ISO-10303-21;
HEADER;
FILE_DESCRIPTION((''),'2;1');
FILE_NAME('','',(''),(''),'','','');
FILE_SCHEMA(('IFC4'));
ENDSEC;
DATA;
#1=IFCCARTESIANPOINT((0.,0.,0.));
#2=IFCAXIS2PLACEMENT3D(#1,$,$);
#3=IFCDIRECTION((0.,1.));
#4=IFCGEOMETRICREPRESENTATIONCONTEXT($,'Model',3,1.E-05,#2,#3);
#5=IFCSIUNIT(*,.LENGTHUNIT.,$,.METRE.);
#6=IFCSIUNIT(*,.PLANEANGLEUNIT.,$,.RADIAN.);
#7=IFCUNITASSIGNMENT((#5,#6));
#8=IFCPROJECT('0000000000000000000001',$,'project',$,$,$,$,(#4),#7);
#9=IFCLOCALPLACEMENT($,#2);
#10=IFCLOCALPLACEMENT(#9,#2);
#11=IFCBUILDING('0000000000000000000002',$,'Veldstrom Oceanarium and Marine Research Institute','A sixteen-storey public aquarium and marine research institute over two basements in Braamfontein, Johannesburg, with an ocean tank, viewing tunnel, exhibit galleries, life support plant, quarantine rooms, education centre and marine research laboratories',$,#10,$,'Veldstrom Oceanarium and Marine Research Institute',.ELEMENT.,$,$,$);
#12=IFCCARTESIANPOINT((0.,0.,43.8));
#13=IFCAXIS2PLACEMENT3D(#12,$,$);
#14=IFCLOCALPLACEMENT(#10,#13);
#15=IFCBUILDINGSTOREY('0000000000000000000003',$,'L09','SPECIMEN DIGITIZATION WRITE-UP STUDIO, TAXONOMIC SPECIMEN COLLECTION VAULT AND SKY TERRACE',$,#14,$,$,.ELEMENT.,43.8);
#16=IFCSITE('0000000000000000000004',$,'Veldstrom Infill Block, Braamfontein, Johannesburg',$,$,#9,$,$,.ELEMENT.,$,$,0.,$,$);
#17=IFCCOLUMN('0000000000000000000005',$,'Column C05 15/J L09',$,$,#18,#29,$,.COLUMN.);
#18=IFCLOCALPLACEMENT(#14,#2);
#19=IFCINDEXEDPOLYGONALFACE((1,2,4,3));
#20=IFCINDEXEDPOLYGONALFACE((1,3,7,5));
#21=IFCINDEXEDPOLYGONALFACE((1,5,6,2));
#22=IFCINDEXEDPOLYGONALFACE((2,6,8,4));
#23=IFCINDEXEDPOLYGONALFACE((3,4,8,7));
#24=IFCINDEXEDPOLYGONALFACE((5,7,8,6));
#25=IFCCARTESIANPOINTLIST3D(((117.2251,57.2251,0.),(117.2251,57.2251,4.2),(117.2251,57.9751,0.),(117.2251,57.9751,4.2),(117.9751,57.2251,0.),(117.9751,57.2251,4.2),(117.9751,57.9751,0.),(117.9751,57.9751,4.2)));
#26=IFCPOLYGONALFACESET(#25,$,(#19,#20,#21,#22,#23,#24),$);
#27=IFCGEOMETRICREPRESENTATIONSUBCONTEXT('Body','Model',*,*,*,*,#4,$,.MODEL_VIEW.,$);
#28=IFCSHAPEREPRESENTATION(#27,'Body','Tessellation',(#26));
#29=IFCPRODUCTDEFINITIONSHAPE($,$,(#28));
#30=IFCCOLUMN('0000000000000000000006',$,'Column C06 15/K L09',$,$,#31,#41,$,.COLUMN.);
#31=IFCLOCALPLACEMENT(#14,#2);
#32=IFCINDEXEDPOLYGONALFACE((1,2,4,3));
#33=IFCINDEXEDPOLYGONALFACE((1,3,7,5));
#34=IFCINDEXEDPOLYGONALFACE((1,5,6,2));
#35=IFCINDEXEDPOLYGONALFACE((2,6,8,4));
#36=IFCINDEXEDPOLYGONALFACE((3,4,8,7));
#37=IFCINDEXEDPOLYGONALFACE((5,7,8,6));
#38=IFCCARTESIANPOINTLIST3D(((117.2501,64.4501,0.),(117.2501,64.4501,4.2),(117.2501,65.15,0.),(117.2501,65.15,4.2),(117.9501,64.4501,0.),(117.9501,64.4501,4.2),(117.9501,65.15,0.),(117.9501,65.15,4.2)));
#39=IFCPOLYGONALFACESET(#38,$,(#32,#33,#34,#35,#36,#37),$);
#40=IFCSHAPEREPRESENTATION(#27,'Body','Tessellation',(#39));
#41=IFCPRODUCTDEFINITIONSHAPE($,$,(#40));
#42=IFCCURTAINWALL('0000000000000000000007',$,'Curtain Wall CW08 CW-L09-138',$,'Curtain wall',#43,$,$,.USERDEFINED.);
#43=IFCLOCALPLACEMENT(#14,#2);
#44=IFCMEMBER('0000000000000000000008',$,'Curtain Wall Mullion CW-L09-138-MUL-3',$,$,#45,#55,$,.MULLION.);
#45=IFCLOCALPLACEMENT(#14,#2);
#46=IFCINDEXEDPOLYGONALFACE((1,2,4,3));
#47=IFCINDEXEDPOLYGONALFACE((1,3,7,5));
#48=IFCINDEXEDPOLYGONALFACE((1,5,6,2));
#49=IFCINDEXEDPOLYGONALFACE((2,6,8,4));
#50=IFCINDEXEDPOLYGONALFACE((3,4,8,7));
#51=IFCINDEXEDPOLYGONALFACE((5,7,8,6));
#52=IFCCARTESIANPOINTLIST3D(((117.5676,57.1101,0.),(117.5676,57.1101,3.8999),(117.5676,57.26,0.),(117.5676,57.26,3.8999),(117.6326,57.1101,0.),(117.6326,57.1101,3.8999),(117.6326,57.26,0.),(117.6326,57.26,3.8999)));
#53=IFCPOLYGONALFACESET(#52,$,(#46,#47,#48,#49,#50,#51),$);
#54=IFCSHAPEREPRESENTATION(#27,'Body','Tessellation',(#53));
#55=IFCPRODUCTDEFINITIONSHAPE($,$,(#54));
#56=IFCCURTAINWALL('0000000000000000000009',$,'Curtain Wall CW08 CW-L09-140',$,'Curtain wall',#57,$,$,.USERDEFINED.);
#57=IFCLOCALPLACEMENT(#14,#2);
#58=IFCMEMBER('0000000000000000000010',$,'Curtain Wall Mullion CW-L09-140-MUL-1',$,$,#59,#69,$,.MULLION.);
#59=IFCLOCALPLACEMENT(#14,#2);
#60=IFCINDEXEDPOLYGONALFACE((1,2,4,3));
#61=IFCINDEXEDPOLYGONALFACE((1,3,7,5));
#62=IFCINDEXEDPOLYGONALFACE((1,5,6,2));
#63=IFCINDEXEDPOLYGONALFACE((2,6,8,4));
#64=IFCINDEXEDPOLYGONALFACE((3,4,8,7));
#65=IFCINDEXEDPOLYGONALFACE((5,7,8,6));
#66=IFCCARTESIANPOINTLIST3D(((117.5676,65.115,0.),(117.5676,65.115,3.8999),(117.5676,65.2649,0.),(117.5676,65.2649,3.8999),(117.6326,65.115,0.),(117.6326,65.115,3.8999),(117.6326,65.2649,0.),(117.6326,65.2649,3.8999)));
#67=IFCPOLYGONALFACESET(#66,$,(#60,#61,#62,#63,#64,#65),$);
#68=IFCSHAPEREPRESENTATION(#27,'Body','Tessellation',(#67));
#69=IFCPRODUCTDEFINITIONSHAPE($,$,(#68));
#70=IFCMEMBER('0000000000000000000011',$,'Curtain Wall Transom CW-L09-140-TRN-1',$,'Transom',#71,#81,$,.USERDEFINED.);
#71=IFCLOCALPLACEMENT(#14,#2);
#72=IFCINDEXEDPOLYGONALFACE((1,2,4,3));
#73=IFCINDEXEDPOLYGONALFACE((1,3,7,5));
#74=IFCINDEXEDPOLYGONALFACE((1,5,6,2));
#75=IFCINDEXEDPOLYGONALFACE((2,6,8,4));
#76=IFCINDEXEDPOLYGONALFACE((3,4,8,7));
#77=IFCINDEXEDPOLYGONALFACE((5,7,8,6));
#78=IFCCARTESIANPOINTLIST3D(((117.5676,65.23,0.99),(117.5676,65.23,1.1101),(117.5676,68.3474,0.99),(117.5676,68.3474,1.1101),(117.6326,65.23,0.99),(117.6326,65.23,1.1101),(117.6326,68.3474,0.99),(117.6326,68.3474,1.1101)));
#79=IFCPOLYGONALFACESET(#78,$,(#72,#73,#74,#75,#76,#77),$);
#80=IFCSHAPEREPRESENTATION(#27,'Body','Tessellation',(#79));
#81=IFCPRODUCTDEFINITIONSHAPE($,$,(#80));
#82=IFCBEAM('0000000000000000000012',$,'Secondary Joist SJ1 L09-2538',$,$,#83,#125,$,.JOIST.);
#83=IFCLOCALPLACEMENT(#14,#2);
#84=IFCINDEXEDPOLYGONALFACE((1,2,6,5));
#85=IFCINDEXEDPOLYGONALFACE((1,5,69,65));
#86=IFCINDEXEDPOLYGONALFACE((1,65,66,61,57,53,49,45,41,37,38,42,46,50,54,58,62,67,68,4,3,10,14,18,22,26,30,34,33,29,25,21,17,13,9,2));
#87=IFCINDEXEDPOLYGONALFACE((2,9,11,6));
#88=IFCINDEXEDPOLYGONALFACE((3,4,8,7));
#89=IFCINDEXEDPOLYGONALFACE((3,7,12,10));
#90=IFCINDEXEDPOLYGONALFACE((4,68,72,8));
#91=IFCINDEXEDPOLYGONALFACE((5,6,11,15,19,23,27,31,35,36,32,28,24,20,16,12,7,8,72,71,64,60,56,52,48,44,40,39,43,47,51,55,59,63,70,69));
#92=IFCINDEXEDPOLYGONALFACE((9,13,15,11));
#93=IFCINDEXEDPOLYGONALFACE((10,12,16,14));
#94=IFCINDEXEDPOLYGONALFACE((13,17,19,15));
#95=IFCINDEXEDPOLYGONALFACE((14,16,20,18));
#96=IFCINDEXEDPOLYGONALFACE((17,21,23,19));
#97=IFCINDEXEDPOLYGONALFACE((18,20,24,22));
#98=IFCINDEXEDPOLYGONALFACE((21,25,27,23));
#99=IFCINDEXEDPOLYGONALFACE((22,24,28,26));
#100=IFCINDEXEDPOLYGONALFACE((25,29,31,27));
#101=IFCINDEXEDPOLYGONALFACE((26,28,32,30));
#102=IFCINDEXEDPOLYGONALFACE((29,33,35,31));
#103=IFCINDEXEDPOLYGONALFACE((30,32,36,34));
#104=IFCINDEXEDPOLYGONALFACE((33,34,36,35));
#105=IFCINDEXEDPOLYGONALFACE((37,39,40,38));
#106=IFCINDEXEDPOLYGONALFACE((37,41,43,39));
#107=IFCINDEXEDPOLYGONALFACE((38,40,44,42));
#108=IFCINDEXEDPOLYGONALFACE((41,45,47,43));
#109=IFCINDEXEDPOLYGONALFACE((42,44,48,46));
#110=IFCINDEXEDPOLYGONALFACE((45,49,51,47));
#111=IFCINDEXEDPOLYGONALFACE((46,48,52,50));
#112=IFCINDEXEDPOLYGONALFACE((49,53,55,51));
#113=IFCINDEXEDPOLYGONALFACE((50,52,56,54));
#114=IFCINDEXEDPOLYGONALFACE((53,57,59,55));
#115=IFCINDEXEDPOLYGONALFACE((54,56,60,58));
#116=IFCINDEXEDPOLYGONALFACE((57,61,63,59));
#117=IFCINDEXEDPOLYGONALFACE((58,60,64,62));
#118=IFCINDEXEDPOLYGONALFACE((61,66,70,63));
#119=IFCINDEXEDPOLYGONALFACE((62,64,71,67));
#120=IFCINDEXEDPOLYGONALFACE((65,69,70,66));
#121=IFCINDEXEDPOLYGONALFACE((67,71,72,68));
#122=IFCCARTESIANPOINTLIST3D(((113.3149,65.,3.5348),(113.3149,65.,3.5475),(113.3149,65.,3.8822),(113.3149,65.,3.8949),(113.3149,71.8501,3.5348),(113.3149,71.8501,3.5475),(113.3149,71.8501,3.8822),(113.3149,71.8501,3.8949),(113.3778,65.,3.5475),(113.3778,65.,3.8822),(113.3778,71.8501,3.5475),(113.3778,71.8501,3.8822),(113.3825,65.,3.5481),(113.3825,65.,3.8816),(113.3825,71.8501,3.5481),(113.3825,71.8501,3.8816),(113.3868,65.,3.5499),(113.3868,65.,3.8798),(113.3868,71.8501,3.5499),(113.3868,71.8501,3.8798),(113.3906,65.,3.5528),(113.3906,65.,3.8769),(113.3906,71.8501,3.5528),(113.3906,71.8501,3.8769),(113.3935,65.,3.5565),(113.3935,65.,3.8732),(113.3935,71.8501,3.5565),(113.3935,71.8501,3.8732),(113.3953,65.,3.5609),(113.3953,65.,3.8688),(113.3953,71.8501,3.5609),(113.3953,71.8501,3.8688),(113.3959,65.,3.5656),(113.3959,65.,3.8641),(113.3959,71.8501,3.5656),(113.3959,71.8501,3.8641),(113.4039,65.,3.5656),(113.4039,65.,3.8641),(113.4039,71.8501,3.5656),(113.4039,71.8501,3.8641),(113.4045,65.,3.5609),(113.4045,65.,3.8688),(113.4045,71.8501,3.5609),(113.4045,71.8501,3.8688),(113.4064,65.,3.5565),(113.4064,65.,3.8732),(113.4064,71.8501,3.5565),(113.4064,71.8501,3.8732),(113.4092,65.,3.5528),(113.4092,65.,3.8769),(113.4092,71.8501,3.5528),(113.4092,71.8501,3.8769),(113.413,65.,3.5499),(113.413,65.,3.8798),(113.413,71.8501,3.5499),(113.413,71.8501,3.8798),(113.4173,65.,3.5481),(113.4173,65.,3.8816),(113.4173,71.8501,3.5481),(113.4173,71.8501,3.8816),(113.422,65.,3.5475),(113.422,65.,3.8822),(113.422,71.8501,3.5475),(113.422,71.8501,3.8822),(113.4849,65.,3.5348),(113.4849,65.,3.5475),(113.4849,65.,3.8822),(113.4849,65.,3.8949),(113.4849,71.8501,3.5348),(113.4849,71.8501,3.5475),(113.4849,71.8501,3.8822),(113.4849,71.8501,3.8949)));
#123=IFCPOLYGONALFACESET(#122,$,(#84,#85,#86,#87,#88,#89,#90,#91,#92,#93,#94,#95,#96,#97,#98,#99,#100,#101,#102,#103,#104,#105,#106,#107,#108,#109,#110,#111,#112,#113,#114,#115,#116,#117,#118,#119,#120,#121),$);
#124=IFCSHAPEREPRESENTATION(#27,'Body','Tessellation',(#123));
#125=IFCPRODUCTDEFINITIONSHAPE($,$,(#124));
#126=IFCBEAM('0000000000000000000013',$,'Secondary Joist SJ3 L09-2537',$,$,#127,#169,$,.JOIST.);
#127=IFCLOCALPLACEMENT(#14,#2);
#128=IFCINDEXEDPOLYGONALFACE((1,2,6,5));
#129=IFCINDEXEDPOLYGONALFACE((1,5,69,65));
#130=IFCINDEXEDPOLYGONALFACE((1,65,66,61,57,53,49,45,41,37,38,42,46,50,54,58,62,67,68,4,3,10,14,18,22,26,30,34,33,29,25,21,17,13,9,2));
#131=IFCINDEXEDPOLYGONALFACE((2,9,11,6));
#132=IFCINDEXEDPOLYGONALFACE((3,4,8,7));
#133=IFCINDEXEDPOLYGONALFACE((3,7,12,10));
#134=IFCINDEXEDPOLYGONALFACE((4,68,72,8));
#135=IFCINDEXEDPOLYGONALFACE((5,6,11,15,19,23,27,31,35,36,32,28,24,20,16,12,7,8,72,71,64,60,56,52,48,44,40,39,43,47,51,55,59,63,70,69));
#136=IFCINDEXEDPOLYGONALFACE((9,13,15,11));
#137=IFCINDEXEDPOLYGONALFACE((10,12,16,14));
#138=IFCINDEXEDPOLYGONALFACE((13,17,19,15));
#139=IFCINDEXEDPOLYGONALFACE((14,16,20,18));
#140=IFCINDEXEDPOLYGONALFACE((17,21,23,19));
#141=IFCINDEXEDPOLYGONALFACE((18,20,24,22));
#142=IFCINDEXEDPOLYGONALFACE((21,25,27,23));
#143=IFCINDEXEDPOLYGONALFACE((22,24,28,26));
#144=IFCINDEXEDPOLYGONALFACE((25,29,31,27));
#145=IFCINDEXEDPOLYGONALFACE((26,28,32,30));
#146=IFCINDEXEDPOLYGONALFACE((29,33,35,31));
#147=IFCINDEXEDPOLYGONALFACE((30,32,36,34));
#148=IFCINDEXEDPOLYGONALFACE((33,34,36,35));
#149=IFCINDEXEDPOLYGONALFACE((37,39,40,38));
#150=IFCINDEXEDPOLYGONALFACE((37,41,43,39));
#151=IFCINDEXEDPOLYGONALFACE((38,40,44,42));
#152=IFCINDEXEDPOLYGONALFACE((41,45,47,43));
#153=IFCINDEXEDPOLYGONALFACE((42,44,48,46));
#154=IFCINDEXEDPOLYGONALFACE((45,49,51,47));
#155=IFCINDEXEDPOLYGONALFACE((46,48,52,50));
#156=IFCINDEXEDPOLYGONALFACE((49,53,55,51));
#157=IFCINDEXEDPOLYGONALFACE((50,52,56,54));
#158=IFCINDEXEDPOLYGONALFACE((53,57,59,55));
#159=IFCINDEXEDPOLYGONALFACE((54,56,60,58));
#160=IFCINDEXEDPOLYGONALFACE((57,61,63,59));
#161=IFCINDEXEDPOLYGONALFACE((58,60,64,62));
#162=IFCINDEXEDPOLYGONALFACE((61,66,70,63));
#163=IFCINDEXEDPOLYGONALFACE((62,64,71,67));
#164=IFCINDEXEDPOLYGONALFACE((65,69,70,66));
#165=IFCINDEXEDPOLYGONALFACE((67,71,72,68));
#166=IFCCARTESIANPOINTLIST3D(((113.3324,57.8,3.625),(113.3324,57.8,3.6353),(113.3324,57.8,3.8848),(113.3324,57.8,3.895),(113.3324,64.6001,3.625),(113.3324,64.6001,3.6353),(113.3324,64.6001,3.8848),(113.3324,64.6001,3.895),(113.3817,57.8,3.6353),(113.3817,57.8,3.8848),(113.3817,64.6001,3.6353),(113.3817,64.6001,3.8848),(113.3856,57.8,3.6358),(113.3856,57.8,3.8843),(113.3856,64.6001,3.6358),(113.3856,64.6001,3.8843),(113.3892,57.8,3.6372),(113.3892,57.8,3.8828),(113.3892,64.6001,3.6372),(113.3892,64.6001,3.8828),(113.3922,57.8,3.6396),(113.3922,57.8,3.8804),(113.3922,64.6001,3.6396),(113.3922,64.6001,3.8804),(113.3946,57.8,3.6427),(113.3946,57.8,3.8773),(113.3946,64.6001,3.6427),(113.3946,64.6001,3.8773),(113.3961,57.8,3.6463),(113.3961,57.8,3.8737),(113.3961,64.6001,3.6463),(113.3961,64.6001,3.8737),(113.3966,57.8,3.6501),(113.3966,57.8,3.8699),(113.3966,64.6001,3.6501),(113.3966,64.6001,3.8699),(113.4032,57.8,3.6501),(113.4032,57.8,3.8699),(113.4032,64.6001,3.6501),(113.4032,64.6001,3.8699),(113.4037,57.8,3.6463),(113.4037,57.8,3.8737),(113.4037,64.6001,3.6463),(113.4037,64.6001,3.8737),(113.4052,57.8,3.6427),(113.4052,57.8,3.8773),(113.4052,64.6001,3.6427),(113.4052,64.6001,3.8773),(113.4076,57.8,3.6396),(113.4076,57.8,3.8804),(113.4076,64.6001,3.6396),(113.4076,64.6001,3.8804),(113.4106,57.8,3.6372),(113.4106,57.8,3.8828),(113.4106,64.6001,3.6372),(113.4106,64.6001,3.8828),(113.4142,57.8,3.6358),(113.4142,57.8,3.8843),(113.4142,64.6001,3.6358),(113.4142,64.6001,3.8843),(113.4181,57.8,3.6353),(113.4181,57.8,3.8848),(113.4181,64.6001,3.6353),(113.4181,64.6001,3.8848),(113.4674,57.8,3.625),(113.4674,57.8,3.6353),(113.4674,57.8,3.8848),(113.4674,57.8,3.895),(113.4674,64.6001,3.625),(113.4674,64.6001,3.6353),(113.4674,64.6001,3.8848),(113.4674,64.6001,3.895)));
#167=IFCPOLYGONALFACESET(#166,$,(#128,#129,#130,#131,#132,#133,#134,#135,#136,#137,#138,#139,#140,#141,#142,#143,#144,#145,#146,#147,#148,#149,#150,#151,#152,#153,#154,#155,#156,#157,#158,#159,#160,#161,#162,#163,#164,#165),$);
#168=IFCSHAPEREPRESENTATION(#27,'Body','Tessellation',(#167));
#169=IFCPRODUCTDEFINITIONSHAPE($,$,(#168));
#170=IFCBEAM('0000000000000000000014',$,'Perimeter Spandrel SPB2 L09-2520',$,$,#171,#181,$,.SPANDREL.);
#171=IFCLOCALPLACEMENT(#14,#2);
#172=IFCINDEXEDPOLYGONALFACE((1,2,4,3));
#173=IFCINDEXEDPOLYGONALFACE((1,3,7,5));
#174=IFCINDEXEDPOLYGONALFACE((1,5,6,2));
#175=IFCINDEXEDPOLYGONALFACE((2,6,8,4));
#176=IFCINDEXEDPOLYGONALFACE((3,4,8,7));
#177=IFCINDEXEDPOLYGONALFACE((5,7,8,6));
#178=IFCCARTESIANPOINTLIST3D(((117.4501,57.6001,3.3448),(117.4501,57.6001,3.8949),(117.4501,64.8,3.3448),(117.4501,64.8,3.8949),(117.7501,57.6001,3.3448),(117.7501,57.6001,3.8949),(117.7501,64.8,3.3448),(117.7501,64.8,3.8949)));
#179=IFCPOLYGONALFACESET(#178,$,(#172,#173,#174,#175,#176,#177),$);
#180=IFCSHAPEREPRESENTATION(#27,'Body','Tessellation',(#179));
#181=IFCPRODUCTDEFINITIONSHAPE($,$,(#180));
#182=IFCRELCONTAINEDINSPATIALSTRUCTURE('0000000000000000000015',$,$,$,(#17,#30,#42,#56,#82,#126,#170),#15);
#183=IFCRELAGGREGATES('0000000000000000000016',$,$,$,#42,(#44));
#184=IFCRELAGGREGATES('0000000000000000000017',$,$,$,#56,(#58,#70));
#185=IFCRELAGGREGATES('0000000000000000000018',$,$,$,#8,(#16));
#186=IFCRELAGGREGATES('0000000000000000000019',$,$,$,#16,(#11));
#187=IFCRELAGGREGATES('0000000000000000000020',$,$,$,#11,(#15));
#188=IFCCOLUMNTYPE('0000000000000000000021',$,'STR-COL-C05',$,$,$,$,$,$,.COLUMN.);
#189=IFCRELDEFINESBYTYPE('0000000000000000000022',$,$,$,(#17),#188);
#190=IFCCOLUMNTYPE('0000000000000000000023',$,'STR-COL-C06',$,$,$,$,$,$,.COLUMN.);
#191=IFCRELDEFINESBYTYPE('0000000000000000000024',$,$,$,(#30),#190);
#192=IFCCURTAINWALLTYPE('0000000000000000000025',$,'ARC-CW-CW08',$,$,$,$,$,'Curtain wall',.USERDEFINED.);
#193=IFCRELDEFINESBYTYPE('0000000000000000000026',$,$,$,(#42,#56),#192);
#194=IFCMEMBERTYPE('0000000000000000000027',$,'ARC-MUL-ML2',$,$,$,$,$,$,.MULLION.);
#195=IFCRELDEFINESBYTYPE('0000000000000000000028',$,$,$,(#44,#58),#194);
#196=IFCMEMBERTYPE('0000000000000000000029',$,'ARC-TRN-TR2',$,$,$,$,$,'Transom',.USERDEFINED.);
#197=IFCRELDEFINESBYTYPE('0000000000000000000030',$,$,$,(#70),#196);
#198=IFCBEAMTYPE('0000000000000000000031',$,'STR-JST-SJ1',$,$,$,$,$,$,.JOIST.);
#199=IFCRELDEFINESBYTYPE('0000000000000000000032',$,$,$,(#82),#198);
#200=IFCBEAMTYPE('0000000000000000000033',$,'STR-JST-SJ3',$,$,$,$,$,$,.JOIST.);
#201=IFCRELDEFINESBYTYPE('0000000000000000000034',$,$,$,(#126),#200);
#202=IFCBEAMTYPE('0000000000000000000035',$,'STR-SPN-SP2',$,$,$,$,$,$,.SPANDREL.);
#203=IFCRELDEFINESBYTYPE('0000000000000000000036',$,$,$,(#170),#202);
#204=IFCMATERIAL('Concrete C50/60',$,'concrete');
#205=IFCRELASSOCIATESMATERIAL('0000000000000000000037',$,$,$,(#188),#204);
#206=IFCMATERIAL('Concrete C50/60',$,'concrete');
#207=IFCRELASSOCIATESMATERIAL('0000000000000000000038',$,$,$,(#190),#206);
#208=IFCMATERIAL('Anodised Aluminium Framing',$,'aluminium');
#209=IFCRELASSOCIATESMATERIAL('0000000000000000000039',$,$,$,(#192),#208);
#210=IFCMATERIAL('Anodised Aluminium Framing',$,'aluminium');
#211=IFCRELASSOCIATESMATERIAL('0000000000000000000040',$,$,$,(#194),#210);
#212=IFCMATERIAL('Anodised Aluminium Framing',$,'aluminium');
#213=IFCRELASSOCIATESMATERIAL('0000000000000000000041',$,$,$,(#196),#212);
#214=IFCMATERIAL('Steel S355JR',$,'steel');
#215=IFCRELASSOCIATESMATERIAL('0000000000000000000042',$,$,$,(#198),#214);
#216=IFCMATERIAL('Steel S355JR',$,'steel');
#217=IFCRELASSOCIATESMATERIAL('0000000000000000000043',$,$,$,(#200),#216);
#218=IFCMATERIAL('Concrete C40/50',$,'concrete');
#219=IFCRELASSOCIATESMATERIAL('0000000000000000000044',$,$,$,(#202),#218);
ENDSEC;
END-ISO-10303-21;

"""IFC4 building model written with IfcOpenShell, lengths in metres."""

from ifc_helpers import new_model, si_unit, direction, frame, origin, origin_2d, place, context, subcontext, project, spatial, rectangle, i_section, extrude, material, material_profile, profile_set, type_object, element, aggregate, save


model = new_model("IFC4")

# Units and contexts
model_context = context("Model", 3, precision=1e-05, world=origin(), true_north=direction((0.0, 1.0)))
body_context = subcontext(model_context, "Body", "Model", "MODEL_VIEW")
ifc_project = project(units=[si_unit("LENGTHUNIT", "METRE"), si_unit("PLANEANGLEUNIT", "RADIAN")], contexts=[model_context])

# Site, building, storey
site_placement = place(None, origin())
site = spatial("IfcSite", under=ifc_project, at=site_placement, Name="Veldstrom Infill Block, Braamfontein, Johannesburg", CompositionType="ELEMENT", RefElevation=0.0)
building_placement = place(site_placement, origin())
building = spatial("IfcBuilding", under=site, at=building_placement, Name="Veldstrom Oceanarium and Marine Research Institute", Description="A sixteen-storey public aquarium and marine research institute over two basements in Braamfontein, Johannesburg, with an ocean tank, viewing tunnel, exhibit galleries, life support plant, quarantine rooms, education centre and marine research laboratories", LongName="Veldstrom Oceanarium and Marine Research Institute", CompositionType="ELEMENT")
storey_placement = place(building_placement, frame((0.0, 0.0, 43.8)))
storey = spatial("IfcBuildingStorey", under=building, at=storey_placement, Name="L09", Description="SPECIMEN DIGITIZATION WRITE-UP STUDIO, TAXONOMIC SPECIMEN COLLECTION VAULT AND SKY TERRACE", CompositionType="ELEMENT", Elevation=43.8)

# Columns
ifc_material_1 = material(Name="Concrete C50/60", Category="concrete")
ifc_material_profile_1 = material_profile(ifc_material_1, rectangle(XDim=0.75, YDim=0.75, at=origin_2d()), Name="RC-COL-750x750")
ifc_profile_set_1 = profile_set([ifc_material_profile_1], Name="Concrete C50/60")
column_type_1 = type_object("IfcColumnType", Name="STR-COL-C05", PredefinedType="COLUMN", material=ifc_profile_set_1)
column_1_placement = place(storey_placement, frame((117.6001, 57.6001, 0.0), z_axis=(0.0, 0.0, 1.0), x_axis=(1.0, 0.0, 0.0)))
element("IfcColumn", 1, at=column_1_placement, inside=storey, type_object=column_type_1, Name="Column C05 15/J L09", PredefinedType="COLUMN", context=body_context, shape_type="SweptSolid", body=[
    extrude(rectangle(XDim=0.75, YDim=0.75, at=origin_2d()), origin(), (0.0, 0.0, 1.0), 4.2),
])
ifc_material_2 = material(Name="Concrete C50/60", Category="concrete")
ifc_material_profile_2 = material_profile(ifc_material_2, rectangle(XDim=0.7, YDim=0.7, at=origin_2d()), Name="RC-COL-700x700")
ifc_profile_set_2 = profile_set([ifc_material_profile_2], Name="Concrete C50/60")
column_type_2 = type_object("IfcColumnType", Name="STR-COL-C06", PredefinedType="COLUMN", material=ifc_profile_set_2)
column_2_placement = place(storey_placement, frame((117.6001, 64.8, 0.0), z_axis=(0.0, 0.0, 1.0), x_axis=(1.0, 0.0, 0.0)))
element("IfcColumn", 2, at=column_2_placement, inside=storey, type_object=column_type_2, Name="Column C06 15/K L09", PredefinedType="COLUMN", context=body_context, shape_type="SweptSolid", body=[
    extrude(rectangle(XDim=0.7, YDim=0.7, at=origin_2d()), origin(), (0.0, 0.0, 1.0), 4.2),
])

# Curtain wall, member
ifc_material_3 = material(Name="Anodised Aluminium Framing", Category="aluminium")
curtain_wall_type = type_object("IfcCurtainWallType", Name="ARC-CW-CW08", ElementType="Curtain wall", PredefinedType="USERDEFINED", material=ifc_material_3)
curtain_wall_1_placement = place(storey_placement, origin())
curtain_wall_1 = element("IfcCurtainWall", 3, at=curtain_wall_1_placement, inside=storey, type_object=curtain_wall_type, Name="Curtain Wall CW08 CW-L09-138", ObjectType="Curtain wall", PredefinedType="USERDEFINED")
ifc_material_4 = material(Name="Anodised Aluminium Framing", Category="aluminium")
ifc_material_profile_3 = material_profile(ifc_material_4, rectangle(XDim=0.0649, YDim=0.1499, at=origin_2d()), Name="ALU-MUL-65x150")
ifc_profile_set_3 = profile_set([ifc_material_profile_3], Name="Anodised Aluminium Framing")
member_type_1 = type_object("IfcMemberType", Name="ARC-MUL-ML2", PredefinedType="MULLION", material=ifc_profile_set_3)
member_1_placement = place(storey_placement, frame((117.6001, 57.1851, 0.0), z_axis=(0.0, 0.0, 1.0), x_axis=(1.0, 0.0, 0.0)))
member_1 = element("IfcMember", 4, at=member_1_placement, type_object=member_type_1, Name="Curtain Wall Mullion CW-L09-138-MUL-3", PredefinedType="MULLION", context=body_context, shape_type="SweptSolid", body=[
    extrude(rectangle(XDim=0.0649, YDim=0.1499, at=origin_2d()), origin(), (0.0, 0.0, 1.0), 3.8999),
])
aggregate(curtain_wall_1, [member_1])

# Curtain wall, members
curtain_wall_2_placement = place(storey_placement, origin())
curtain_wall_2 = element("IfcCurtainWall", 5, at=curtain_wall_2_placement, inside=storey, type_object=curtain_wall_type, Name="Curtain Wall CW08 CW-L09-140", ObjectType="Curtain wall", PredefinedType="USERDEFINED")
member_2_placement = place(storey_placement, frame((117.6001, 65.1899, 0.0), z_axis=(0.0, 0.0, 1.0), x_axis=(1.0, 0.0, 0.0)))
member_2 = element("IfcMember", 6, at=member_2_placement, type_object=member_type_1, Name="Curtain Wall Mullion CW-L09-140-MUL-1", PredefinedType="MULLION", context=body_context, shape_type="SweptSolid", body=[
    extrude(rectangle(XDim=0.0649, YDim=0.1499, at=origin_2d()), origin(), (0.0, 0.0, 1.0), 3.8999),
])
ifc_material_5 = material(Name="Anodised Aluminium Framing", Category="aluminium")
ifc_material_profile_4 = material_profile(ifc_material_5, rectangle(XDim=0.0649, YDim=0.1201, at=origin_2d()), Name="ALU-TRN-65x120")
ifc_profile_set_4 = profile_set([ifc_material_profile_4], Name="Anodised Aluminium Framing")
member_type_2 = type_object("IfcMemberType", Name="ARC-TRN-TR2", ElementType="Transom", PredefinedType="USERDEFINED", material=ifc_profile_set_4)
member_3_placement = place(storey_placement, frame((117.6001, 65.23, 1.05), z_axis=(0.0, 1.0, 0.0), x_axis=(-1.0, 0.0, 0.0)))
member_3 = element("IfcMember", 7, at=member_3_placement, type_object=member_type_2, Name="Curtain Wall Transom CW-L09-140-TRN-1", ObjectType="Transom", PredefinedType="USERDEFINED", context=body_context, shape_type="SweptSolid", body=[
    extrude(rectangle(XDim=0.0649, YDim=0.1201, at=origin_2d()), origin(), (0.0, 0.0, 1.0), 3.1174),
])

# Beams
ifc_material_6 = material(Name="Steel S355JR", Category="steel")
ifc_material_profile_5 = material_profile(ifc_material_6, i_section(OverallWidth=0.1699, OverallDepth=0.3601, WebThickness=0.0081, FlangeThickness=0.0127, FilletRadius=0.0181, at=origin_2d()), Name="IPE 360")
ifc_profile_set_5 = profile_set([ifc_material_profile_5], Name="Steel S355JR")
beam_type_1 = type_object("IfcBeamType", Name="STR-JST-SJ1", PredefinedType="JOIST", material=ifc_profile_set_5)
beam_1_placement = place(storey_placement, frame((113.3999, 65.0, 3.7148), z_axis=(0.0, 1.0, 0.0), x_axis=(-1.0, 0.0, 0.0)))
element("IfcBeam", 8, at=beam_1_placement, inside=storey, type_object=beam_type_1, Name="Secondary Joist SJ1 L09-2538", PredefinedType="JOIST", context=body_context, shape_type="SweptSolid", body=[
    extrude(i_section(OverallWidth=0.1699, OverallDepth=0.3601, WebThickness=0.0081, FlangeThickness=0.0127, FilletRadius=0.0181, at=origin_2d()), origin(), (0.0, 0.0, 1.0), 6.8501),
])
ifc_material_7 = material(Name="Steel S355JR", Category="steel")
ifc_material_profile_6 = material_profile(ifc_material_7, i_section(OverallWidth=0.135, OverallDepth=0.27, WebThickness=0.0066, FlangeThickness=0.0103, FilletRadius=0.0149, at=origin_2d()), Name="IPE 270")
ifc_profile_set_6 = profile_set([ifc_material_profile_6], Name="Steel S355JR")
beam_type_2 = type_object("IfcBeamType", Name="STR-JST-SJ3", PredefinedType="JOIST", material=ifc_profile_set_6)
beam_2_placement = place(storey_placement, frame((113.3999, 57.8, 3.76), z_axis=(0.0, 1.0, 0.0), x_axis=(-1.0, 0.0, 0.0)))
element("IfcBeam", 9, at=beam_2_placement, inside=storey, type_object=beam_type_2, Name="Secondary Joist SJ3 L09-2537", PredefinedType="JOIST", context=body_context, shape_type="SweptSolid", body=[
    extrude(i_section(OverallWidth=0.135, OverallDepth=0.27, WebThickness=0.0066, FlangeThickness=0.0103, FilletRadius=0.0149, at=origin_2d()), origin(), (0.0, 0.0, 1.0), 6.8),
])
ifc_material_8 = material(Name="Concrete C40/50", Category="concrete")
ifc_material_profile_7 = material_profile(ifc_material_8, rectangle(XDim=0.3, YDim=0.55, at=origin_2d()), Name="RC-SPN-300x550")
ifc_profile_set_7 = profile_set([ifc_material_profile_7], Name="Concrete C40/50")
beam_type_3 = type_object("IfcBeamType", Name="STR-SPN-SP2", PredefinedType="SPANDREL", material=ifc_profile_set_7)
for number, where, z_axis, x_axis, name in (
    (10, (117.6001, 57.6001, 3.6199), (0.0, 1.0, 0.0), (-1.0, 0.0, 0.0), "Perimeter Spandrel SPB2 L09-2520"),
):
    element("IfcBeam", number, at=place(storey_placement, frame(where, z_axis=z_axis, x_axis=x_axis)), inside=storey, type_object=beam_type_3, Name=name, PredefinedType="SPANDREL", context=body_context, shape_type="SweptSolid", body=[
        extrude(rectangle(XDim=0.3, YDim=0.55, at=origin_2d()), origin(), (0.0, 0.0, 1.0), 7.2),
    ])

aggregate(curtain_wall_2, [member_2, member_3])

save(model, "model.ifc")
